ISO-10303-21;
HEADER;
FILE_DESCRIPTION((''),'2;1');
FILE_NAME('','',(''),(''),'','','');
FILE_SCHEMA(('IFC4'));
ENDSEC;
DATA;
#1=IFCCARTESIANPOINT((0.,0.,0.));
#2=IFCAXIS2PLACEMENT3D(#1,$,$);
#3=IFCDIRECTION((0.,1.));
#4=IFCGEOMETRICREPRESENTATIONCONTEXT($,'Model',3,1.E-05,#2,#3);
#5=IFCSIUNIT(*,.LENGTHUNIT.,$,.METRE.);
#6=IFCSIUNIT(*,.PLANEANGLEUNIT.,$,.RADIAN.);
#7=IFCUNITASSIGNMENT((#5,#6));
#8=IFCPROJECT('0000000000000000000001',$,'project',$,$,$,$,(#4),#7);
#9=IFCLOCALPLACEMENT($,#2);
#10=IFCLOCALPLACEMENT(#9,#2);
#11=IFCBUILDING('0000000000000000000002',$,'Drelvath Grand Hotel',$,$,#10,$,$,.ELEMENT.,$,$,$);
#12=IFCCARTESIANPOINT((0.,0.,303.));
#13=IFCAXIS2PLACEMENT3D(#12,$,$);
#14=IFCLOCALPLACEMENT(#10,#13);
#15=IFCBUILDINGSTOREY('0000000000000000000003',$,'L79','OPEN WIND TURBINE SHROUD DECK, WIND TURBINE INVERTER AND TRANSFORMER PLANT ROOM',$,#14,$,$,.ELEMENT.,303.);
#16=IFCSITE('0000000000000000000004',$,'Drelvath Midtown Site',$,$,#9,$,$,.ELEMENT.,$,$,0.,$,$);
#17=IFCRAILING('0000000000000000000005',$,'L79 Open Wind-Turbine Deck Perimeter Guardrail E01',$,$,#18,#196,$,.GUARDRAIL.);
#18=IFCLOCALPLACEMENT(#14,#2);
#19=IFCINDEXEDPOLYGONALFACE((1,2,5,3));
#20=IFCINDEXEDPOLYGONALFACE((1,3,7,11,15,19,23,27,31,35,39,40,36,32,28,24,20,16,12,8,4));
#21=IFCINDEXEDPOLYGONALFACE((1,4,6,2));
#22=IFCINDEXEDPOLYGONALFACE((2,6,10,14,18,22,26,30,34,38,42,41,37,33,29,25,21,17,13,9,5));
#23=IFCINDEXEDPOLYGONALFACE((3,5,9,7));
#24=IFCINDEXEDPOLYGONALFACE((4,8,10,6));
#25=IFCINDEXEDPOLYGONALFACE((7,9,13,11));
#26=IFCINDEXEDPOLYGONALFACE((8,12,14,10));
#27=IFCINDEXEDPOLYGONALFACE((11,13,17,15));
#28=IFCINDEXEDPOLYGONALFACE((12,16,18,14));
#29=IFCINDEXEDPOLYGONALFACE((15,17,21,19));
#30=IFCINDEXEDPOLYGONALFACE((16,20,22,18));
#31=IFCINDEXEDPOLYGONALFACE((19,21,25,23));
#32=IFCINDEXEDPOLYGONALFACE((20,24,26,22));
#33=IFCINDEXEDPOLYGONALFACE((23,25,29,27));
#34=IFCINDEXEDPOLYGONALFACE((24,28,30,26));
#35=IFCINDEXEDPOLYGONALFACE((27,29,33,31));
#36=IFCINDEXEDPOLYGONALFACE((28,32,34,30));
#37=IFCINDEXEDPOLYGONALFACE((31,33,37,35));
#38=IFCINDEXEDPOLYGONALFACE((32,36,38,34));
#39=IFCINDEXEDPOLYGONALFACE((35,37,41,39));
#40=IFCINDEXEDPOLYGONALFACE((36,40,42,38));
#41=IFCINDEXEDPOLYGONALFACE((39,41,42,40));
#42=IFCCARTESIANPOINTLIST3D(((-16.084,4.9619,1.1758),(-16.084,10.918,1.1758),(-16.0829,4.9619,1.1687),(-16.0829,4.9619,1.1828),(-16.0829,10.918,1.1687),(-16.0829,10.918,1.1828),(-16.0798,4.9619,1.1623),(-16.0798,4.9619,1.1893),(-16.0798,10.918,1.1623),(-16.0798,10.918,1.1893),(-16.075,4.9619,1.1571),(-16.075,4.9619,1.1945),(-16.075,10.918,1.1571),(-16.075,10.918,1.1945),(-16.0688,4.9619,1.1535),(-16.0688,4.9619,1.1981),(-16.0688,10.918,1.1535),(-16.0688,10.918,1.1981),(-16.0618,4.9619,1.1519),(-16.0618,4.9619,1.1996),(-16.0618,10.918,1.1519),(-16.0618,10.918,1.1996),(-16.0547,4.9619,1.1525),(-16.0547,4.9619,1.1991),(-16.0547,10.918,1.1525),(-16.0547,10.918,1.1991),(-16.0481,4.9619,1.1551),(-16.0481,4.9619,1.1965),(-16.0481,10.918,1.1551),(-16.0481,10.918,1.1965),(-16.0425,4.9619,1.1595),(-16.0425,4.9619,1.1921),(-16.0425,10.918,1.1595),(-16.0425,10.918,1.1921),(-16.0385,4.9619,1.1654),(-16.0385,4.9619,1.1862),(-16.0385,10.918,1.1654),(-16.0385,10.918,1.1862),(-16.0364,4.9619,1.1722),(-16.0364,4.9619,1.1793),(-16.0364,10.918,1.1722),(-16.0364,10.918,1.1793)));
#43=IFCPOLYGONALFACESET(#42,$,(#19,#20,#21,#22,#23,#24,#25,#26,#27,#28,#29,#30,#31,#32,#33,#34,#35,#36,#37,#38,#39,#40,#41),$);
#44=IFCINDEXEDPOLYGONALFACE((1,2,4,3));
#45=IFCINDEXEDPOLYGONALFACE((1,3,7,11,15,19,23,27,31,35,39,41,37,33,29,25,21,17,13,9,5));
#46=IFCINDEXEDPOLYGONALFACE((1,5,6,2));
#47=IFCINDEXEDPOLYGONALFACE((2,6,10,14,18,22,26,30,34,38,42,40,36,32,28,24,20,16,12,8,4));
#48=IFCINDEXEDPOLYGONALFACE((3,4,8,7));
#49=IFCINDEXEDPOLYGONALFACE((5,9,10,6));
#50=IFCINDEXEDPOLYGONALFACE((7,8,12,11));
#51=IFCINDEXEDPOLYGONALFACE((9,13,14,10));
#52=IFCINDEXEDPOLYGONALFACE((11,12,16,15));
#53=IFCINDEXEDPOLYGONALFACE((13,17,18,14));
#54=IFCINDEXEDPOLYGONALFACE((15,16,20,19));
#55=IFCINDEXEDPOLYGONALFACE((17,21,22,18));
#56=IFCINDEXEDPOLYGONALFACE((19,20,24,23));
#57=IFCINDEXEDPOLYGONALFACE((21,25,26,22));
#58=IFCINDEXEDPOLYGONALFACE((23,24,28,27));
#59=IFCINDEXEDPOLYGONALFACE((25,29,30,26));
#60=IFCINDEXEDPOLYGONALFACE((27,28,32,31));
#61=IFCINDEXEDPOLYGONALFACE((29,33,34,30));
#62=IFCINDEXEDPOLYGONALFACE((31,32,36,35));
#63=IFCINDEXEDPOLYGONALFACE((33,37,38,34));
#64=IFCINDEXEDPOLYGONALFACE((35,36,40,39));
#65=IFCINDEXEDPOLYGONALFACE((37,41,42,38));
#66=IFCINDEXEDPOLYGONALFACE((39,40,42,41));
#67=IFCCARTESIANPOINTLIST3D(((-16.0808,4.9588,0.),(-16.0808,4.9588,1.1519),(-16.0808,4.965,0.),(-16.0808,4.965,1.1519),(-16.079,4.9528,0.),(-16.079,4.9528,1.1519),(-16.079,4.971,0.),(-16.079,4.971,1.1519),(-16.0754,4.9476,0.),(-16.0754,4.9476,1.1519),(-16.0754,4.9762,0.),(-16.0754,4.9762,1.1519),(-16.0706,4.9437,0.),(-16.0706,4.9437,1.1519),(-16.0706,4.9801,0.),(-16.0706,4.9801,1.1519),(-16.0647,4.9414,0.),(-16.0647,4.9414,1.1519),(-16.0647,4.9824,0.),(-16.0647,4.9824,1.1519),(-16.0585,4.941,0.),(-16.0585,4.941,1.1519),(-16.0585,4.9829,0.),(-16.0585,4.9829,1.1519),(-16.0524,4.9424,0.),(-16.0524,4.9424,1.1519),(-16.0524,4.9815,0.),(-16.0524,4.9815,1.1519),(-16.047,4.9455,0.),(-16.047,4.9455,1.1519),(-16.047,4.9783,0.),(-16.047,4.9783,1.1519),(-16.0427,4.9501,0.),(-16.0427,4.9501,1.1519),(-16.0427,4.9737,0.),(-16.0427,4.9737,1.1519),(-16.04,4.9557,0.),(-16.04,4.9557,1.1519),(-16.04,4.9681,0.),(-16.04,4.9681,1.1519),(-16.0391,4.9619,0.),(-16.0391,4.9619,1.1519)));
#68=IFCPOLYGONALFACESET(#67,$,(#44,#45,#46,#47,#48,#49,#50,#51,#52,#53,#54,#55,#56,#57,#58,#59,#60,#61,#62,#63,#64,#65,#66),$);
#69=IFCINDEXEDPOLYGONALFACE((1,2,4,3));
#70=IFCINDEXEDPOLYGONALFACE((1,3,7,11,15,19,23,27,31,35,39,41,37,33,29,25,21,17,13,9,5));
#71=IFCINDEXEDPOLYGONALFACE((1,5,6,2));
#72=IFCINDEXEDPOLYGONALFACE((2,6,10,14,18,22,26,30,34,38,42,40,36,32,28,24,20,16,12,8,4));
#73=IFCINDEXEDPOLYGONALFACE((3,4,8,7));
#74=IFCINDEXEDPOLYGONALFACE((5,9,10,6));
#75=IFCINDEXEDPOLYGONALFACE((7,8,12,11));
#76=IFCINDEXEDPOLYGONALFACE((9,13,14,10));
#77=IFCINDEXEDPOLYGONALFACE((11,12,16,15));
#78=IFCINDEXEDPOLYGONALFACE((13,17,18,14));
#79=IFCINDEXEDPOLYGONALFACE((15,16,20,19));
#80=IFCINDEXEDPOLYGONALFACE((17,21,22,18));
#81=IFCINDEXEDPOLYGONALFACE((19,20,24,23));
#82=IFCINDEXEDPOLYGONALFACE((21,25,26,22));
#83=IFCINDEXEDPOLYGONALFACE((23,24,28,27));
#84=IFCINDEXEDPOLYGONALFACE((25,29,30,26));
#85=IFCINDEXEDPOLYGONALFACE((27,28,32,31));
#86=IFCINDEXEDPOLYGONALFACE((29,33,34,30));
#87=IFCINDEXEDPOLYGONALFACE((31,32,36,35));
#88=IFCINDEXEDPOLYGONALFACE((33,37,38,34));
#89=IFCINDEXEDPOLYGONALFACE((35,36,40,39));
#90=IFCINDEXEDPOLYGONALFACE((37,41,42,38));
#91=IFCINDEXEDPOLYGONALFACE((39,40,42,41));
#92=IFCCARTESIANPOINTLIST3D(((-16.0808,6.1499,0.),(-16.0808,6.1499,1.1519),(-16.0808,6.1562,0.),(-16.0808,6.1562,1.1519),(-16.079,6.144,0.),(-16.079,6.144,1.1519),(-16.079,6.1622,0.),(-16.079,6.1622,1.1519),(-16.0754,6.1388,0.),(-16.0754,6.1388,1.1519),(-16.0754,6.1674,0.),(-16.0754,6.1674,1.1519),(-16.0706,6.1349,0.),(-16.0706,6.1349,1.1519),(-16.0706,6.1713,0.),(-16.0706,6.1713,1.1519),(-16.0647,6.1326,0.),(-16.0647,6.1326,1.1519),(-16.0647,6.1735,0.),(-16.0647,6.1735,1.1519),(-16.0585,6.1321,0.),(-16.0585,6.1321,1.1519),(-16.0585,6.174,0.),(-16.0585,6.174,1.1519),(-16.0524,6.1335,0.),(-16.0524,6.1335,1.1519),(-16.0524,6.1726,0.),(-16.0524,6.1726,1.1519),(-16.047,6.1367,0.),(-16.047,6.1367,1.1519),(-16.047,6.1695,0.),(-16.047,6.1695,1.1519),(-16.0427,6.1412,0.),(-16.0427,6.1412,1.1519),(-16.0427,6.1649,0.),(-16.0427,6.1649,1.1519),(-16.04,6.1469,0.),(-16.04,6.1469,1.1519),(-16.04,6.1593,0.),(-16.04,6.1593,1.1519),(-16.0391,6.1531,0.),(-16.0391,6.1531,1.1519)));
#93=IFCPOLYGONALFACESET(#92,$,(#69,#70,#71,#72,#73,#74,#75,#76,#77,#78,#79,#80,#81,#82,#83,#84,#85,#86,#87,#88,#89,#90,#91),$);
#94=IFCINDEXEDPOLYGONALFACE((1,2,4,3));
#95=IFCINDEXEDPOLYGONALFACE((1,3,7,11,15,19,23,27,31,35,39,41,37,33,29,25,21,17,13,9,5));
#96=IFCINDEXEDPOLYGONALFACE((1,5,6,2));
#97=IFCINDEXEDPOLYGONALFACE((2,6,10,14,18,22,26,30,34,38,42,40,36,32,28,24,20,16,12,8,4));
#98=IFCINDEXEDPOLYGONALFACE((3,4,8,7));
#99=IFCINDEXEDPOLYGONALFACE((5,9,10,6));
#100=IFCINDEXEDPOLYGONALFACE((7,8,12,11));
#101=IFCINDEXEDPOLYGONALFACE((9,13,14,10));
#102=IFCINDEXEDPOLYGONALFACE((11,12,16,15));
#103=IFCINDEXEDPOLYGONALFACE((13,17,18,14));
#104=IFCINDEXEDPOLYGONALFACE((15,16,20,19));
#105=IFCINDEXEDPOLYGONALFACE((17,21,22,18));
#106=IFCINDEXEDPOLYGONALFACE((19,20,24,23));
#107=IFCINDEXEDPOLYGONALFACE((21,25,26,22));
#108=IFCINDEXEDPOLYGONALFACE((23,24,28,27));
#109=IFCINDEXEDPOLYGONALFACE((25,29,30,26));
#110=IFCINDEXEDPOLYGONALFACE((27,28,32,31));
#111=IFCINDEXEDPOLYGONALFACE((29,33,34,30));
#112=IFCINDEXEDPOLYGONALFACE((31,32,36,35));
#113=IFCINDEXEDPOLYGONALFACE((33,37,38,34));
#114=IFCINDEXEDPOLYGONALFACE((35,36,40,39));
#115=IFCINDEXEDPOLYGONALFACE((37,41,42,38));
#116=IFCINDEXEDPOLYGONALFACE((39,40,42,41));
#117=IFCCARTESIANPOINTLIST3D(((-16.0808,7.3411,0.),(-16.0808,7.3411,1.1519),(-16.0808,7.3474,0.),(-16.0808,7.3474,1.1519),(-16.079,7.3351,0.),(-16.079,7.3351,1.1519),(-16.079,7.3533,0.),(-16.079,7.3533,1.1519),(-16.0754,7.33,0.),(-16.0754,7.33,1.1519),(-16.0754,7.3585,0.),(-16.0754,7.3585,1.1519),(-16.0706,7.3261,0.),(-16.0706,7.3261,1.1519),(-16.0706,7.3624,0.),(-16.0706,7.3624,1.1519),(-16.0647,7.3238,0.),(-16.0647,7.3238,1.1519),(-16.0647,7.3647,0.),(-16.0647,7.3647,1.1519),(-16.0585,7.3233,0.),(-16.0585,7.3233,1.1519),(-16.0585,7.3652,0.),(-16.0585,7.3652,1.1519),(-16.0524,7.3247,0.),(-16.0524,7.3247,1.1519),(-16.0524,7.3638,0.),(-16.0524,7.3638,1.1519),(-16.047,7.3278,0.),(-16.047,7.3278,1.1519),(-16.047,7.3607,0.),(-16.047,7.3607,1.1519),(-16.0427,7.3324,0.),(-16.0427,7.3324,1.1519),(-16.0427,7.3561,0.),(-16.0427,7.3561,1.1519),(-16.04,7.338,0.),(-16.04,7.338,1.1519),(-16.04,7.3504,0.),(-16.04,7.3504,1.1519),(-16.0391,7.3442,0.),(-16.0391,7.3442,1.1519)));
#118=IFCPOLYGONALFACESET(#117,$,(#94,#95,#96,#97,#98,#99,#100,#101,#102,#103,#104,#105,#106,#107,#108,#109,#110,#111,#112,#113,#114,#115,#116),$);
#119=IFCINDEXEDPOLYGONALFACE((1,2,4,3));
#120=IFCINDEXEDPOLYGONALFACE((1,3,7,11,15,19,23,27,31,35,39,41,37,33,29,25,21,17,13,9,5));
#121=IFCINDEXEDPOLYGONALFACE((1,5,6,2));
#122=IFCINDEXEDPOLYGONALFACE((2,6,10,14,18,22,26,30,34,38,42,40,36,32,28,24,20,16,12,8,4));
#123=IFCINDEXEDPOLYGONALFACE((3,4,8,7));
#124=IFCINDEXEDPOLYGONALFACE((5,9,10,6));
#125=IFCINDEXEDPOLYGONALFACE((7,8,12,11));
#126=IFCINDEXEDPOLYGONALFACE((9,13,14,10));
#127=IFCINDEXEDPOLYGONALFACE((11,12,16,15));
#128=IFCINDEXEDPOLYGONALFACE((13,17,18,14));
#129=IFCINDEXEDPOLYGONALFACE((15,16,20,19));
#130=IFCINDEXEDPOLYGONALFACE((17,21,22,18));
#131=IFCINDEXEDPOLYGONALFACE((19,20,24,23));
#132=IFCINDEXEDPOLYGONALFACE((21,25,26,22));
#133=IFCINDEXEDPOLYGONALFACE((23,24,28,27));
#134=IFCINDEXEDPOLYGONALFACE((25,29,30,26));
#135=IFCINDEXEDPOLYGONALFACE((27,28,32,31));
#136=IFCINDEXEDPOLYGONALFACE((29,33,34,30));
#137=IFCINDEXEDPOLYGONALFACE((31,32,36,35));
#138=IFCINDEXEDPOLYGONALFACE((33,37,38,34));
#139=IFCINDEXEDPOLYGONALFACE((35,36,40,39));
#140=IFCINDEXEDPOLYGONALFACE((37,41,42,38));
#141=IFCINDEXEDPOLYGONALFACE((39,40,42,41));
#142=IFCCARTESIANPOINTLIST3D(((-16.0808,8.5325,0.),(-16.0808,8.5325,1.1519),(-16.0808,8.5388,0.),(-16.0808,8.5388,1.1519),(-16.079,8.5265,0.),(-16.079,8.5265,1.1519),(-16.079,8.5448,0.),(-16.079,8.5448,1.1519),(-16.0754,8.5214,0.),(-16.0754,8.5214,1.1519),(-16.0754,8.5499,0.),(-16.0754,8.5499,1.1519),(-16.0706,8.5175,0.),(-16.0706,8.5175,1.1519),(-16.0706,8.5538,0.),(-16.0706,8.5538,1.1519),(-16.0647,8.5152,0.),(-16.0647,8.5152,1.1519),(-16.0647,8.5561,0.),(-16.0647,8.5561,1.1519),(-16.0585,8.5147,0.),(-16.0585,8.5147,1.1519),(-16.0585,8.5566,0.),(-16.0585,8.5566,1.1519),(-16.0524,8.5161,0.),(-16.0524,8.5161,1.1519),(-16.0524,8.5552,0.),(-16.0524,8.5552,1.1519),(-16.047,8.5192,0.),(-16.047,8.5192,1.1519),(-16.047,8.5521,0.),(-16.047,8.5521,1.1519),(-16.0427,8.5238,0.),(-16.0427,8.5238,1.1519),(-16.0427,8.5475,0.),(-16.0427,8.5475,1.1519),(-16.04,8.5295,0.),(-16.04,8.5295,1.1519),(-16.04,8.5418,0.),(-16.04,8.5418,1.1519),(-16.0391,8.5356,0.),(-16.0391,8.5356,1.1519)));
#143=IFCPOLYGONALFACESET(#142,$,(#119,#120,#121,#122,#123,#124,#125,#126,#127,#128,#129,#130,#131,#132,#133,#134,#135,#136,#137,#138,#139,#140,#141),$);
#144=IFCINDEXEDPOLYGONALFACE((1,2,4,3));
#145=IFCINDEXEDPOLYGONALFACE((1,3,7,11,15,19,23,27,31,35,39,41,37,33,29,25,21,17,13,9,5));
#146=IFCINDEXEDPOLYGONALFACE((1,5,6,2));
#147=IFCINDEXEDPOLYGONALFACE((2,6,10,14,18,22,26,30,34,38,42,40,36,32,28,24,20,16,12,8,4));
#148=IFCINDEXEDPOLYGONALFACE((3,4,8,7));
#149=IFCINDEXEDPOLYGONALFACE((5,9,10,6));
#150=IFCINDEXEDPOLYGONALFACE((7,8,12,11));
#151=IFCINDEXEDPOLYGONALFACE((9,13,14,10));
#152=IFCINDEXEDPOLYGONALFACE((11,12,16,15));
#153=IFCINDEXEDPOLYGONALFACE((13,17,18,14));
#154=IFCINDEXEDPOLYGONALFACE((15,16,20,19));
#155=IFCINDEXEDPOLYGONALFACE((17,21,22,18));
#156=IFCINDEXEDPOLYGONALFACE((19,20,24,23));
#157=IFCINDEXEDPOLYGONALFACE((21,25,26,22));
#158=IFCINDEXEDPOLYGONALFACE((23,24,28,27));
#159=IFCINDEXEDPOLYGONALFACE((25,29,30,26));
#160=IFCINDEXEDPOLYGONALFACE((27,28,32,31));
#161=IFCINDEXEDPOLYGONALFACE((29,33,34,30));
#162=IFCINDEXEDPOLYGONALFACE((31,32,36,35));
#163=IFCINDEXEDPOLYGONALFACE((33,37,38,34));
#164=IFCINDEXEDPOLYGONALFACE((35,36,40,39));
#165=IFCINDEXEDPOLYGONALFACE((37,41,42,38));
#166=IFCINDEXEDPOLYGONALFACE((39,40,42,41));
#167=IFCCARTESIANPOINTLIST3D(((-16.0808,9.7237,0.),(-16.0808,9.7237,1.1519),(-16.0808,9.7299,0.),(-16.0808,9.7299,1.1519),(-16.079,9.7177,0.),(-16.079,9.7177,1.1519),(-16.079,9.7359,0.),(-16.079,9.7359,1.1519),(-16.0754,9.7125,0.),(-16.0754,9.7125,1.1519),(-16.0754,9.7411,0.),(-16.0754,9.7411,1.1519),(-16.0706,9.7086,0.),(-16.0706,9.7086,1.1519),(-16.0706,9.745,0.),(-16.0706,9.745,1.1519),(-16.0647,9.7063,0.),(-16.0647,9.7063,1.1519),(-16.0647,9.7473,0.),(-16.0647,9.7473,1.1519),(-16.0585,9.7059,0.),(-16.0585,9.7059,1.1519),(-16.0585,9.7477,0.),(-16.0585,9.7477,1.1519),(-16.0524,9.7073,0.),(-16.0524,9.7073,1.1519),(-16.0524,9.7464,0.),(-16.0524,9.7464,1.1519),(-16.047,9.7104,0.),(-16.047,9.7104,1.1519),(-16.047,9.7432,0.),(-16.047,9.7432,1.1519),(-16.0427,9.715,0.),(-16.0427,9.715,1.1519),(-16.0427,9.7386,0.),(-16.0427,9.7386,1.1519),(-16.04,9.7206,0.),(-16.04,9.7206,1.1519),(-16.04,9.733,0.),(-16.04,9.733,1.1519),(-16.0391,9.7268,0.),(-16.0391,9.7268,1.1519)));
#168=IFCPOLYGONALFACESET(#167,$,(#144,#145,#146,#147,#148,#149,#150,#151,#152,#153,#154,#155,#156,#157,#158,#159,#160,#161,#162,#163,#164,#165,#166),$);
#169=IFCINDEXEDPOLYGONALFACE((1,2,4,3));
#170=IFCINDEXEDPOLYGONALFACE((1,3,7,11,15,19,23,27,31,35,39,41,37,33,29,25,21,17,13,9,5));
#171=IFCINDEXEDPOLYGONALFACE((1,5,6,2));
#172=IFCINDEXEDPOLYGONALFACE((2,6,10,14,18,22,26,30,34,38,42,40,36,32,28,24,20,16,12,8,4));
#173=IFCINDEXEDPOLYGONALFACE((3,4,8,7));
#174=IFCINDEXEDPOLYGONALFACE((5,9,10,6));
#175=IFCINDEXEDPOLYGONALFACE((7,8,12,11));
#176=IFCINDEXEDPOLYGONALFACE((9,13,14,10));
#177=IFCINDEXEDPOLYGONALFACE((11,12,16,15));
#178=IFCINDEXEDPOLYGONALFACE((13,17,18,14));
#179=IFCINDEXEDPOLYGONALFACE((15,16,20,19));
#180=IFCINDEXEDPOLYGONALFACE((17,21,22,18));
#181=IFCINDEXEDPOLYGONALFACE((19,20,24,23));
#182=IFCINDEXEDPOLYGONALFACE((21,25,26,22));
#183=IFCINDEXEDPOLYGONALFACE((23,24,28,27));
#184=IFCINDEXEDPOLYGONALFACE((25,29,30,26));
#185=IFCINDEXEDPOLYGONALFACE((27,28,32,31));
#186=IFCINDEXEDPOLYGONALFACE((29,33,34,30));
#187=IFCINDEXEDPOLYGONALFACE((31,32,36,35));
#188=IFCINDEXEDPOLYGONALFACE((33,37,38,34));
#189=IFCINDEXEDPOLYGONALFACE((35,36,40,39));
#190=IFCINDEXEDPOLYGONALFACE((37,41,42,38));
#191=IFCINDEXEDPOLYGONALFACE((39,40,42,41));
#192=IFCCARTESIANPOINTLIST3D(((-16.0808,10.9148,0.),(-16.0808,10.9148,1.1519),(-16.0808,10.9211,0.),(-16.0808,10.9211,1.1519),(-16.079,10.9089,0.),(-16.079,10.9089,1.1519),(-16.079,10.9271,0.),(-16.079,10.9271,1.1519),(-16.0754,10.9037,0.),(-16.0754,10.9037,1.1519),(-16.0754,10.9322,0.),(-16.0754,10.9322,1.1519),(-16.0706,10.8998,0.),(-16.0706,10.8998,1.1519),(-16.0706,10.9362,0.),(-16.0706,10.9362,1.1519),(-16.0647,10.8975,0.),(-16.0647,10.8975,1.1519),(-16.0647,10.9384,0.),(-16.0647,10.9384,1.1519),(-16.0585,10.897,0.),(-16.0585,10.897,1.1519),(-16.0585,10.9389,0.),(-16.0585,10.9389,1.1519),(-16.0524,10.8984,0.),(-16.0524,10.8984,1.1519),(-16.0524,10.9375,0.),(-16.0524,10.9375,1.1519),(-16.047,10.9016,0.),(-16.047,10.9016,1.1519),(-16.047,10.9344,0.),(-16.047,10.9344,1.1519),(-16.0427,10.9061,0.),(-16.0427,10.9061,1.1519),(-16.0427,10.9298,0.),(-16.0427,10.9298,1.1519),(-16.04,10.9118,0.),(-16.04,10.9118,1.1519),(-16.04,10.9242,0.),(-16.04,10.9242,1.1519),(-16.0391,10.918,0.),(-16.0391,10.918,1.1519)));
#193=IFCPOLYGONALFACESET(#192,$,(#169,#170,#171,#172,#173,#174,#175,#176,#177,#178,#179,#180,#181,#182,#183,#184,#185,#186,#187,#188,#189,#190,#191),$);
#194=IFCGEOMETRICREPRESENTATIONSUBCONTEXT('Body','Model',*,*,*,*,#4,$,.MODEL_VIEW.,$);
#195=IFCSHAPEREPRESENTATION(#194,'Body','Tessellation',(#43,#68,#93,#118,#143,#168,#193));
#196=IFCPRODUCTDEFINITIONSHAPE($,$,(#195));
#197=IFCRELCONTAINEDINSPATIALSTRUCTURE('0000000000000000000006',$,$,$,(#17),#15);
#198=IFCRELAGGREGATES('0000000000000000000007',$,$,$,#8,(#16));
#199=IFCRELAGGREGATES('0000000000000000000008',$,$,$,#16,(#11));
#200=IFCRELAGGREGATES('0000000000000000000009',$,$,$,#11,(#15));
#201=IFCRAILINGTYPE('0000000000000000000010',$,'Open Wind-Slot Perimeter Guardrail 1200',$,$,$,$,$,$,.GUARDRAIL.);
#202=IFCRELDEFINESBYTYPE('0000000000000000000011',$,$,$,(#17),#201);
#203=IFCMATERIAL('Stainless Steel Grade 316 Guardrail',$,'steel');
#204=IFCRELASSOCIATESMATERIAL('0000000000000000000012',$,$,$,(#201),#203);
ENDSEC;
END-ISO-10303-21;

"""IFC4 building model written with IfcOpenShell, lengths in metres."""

from ifc_helpers import new_model, si_unit, direction, frame, origin, origin_2d, place, context, subcontext, project, spatial, circle, extrude, material, type_object, element, save


model = new_model("IFC4")

# Units and contexts
model_context = context("Model", 3, precision=1e-05, world=origin(), true_north=direction((0.0, 1.0)))
body_context = subcontext(model_context, "Body", "Model", "MODEL_VIEW")
ifc_project = project(units=[si_unit("LENGTHUNIT", "METRE"), si_unit("PLANEANGLEUNIT", "RADIAN")], contexts=[model_context])

# Site, building, storey
site_placement = place(None, origin())
site = spatial("IfcSite", under=ifc_project, at=site_placement, Name="Drelvath Midtown Site", CompositionType="ELEMENT", RefElevation=0.0)
building_placement = place(site_placement, origin())
building = spatial("IfcBuilding", under=site, at=building_placement, Name="Drelvath Grand Hotel", CompositionType="ELEMENT")
storey_placement = place(building_placement, frame((0.0, 0.0, 303.0)))
storey = spatial("IfcBuildingStorey", under=building, at=storey_placement, Name="L79", Description="OPEN WIND TURBINE SHROUD DECK, WIND TURBINE INVERTER AND TRANSFORMER PLANT ROOM", CompositionType="ELEMENT", Elevation=303.0)

# Railing
ifc_material_1 = material(Name="Stainless Steel Grade 316 Guardrail", Category="steel")
railing_type = type_object("IfcRailingType", Name="Open Wind-Slot Perimeter Guardrail 1200", PredefinedType="GUARDRAIL", material=ifc_material_1)
railing_1_placement = place(storey_placement, frame((-16.0601, 4.9619, 0.0)))
element("IfcRailing", 1, at=railing_1_placement, inside=storey, type_object=railing_type, Name="L79 Open Wind-Turbine Deck Perimeter Guardrail E01", PredefinedType="GUARDRAIL", context=body_context, shape_type="SweptSolid", body=[
    extrude(circle(Radius=0.0239, at=origin_2d()), frame((0.0, 0.0, 1.1758), z_axis=(0.0, 1.0, 0.0), x_axis=(-1.0, 0.0, 0.0)), (0.0, 0.0, 1.0), 5.9561),
    extrude(circle(Radius=0.021, at=origin_2d()), origin(), (0.0, 0.0, 1.0), 1.1519),
    extrude(circle(Radius=0.021, at=origin_2d()), frame((0.0, 1.1912, 0.0)), (0.0, 0.0, 1.0), 1.1519),
    extrude(circle(Radius=0.021, at=origin_2d()), frame((0.0, 2.3823, 0.0)), (0.0, 0.0, 1.0), 1.1519),
    extrude(circle(Radius=0.021, at=origin_2d()), frame((0.0, 3.5737, 0.0)), (0.0, 0.0, 1.0), 1.1519),
    extrude(circle(Radius=0.021, at=origin_2d()), frame((0.0, 4.7649, 0.0)), (0.0, 0.0, 1.0), 1.1519),
    extrude(circle(Radius=0.021, at=origin_2d()), frame((0.0, 5.9561, 0.0)), (0.0, 0.0, 1.0), 1.1519),
])

save(model, "model.ifc")
